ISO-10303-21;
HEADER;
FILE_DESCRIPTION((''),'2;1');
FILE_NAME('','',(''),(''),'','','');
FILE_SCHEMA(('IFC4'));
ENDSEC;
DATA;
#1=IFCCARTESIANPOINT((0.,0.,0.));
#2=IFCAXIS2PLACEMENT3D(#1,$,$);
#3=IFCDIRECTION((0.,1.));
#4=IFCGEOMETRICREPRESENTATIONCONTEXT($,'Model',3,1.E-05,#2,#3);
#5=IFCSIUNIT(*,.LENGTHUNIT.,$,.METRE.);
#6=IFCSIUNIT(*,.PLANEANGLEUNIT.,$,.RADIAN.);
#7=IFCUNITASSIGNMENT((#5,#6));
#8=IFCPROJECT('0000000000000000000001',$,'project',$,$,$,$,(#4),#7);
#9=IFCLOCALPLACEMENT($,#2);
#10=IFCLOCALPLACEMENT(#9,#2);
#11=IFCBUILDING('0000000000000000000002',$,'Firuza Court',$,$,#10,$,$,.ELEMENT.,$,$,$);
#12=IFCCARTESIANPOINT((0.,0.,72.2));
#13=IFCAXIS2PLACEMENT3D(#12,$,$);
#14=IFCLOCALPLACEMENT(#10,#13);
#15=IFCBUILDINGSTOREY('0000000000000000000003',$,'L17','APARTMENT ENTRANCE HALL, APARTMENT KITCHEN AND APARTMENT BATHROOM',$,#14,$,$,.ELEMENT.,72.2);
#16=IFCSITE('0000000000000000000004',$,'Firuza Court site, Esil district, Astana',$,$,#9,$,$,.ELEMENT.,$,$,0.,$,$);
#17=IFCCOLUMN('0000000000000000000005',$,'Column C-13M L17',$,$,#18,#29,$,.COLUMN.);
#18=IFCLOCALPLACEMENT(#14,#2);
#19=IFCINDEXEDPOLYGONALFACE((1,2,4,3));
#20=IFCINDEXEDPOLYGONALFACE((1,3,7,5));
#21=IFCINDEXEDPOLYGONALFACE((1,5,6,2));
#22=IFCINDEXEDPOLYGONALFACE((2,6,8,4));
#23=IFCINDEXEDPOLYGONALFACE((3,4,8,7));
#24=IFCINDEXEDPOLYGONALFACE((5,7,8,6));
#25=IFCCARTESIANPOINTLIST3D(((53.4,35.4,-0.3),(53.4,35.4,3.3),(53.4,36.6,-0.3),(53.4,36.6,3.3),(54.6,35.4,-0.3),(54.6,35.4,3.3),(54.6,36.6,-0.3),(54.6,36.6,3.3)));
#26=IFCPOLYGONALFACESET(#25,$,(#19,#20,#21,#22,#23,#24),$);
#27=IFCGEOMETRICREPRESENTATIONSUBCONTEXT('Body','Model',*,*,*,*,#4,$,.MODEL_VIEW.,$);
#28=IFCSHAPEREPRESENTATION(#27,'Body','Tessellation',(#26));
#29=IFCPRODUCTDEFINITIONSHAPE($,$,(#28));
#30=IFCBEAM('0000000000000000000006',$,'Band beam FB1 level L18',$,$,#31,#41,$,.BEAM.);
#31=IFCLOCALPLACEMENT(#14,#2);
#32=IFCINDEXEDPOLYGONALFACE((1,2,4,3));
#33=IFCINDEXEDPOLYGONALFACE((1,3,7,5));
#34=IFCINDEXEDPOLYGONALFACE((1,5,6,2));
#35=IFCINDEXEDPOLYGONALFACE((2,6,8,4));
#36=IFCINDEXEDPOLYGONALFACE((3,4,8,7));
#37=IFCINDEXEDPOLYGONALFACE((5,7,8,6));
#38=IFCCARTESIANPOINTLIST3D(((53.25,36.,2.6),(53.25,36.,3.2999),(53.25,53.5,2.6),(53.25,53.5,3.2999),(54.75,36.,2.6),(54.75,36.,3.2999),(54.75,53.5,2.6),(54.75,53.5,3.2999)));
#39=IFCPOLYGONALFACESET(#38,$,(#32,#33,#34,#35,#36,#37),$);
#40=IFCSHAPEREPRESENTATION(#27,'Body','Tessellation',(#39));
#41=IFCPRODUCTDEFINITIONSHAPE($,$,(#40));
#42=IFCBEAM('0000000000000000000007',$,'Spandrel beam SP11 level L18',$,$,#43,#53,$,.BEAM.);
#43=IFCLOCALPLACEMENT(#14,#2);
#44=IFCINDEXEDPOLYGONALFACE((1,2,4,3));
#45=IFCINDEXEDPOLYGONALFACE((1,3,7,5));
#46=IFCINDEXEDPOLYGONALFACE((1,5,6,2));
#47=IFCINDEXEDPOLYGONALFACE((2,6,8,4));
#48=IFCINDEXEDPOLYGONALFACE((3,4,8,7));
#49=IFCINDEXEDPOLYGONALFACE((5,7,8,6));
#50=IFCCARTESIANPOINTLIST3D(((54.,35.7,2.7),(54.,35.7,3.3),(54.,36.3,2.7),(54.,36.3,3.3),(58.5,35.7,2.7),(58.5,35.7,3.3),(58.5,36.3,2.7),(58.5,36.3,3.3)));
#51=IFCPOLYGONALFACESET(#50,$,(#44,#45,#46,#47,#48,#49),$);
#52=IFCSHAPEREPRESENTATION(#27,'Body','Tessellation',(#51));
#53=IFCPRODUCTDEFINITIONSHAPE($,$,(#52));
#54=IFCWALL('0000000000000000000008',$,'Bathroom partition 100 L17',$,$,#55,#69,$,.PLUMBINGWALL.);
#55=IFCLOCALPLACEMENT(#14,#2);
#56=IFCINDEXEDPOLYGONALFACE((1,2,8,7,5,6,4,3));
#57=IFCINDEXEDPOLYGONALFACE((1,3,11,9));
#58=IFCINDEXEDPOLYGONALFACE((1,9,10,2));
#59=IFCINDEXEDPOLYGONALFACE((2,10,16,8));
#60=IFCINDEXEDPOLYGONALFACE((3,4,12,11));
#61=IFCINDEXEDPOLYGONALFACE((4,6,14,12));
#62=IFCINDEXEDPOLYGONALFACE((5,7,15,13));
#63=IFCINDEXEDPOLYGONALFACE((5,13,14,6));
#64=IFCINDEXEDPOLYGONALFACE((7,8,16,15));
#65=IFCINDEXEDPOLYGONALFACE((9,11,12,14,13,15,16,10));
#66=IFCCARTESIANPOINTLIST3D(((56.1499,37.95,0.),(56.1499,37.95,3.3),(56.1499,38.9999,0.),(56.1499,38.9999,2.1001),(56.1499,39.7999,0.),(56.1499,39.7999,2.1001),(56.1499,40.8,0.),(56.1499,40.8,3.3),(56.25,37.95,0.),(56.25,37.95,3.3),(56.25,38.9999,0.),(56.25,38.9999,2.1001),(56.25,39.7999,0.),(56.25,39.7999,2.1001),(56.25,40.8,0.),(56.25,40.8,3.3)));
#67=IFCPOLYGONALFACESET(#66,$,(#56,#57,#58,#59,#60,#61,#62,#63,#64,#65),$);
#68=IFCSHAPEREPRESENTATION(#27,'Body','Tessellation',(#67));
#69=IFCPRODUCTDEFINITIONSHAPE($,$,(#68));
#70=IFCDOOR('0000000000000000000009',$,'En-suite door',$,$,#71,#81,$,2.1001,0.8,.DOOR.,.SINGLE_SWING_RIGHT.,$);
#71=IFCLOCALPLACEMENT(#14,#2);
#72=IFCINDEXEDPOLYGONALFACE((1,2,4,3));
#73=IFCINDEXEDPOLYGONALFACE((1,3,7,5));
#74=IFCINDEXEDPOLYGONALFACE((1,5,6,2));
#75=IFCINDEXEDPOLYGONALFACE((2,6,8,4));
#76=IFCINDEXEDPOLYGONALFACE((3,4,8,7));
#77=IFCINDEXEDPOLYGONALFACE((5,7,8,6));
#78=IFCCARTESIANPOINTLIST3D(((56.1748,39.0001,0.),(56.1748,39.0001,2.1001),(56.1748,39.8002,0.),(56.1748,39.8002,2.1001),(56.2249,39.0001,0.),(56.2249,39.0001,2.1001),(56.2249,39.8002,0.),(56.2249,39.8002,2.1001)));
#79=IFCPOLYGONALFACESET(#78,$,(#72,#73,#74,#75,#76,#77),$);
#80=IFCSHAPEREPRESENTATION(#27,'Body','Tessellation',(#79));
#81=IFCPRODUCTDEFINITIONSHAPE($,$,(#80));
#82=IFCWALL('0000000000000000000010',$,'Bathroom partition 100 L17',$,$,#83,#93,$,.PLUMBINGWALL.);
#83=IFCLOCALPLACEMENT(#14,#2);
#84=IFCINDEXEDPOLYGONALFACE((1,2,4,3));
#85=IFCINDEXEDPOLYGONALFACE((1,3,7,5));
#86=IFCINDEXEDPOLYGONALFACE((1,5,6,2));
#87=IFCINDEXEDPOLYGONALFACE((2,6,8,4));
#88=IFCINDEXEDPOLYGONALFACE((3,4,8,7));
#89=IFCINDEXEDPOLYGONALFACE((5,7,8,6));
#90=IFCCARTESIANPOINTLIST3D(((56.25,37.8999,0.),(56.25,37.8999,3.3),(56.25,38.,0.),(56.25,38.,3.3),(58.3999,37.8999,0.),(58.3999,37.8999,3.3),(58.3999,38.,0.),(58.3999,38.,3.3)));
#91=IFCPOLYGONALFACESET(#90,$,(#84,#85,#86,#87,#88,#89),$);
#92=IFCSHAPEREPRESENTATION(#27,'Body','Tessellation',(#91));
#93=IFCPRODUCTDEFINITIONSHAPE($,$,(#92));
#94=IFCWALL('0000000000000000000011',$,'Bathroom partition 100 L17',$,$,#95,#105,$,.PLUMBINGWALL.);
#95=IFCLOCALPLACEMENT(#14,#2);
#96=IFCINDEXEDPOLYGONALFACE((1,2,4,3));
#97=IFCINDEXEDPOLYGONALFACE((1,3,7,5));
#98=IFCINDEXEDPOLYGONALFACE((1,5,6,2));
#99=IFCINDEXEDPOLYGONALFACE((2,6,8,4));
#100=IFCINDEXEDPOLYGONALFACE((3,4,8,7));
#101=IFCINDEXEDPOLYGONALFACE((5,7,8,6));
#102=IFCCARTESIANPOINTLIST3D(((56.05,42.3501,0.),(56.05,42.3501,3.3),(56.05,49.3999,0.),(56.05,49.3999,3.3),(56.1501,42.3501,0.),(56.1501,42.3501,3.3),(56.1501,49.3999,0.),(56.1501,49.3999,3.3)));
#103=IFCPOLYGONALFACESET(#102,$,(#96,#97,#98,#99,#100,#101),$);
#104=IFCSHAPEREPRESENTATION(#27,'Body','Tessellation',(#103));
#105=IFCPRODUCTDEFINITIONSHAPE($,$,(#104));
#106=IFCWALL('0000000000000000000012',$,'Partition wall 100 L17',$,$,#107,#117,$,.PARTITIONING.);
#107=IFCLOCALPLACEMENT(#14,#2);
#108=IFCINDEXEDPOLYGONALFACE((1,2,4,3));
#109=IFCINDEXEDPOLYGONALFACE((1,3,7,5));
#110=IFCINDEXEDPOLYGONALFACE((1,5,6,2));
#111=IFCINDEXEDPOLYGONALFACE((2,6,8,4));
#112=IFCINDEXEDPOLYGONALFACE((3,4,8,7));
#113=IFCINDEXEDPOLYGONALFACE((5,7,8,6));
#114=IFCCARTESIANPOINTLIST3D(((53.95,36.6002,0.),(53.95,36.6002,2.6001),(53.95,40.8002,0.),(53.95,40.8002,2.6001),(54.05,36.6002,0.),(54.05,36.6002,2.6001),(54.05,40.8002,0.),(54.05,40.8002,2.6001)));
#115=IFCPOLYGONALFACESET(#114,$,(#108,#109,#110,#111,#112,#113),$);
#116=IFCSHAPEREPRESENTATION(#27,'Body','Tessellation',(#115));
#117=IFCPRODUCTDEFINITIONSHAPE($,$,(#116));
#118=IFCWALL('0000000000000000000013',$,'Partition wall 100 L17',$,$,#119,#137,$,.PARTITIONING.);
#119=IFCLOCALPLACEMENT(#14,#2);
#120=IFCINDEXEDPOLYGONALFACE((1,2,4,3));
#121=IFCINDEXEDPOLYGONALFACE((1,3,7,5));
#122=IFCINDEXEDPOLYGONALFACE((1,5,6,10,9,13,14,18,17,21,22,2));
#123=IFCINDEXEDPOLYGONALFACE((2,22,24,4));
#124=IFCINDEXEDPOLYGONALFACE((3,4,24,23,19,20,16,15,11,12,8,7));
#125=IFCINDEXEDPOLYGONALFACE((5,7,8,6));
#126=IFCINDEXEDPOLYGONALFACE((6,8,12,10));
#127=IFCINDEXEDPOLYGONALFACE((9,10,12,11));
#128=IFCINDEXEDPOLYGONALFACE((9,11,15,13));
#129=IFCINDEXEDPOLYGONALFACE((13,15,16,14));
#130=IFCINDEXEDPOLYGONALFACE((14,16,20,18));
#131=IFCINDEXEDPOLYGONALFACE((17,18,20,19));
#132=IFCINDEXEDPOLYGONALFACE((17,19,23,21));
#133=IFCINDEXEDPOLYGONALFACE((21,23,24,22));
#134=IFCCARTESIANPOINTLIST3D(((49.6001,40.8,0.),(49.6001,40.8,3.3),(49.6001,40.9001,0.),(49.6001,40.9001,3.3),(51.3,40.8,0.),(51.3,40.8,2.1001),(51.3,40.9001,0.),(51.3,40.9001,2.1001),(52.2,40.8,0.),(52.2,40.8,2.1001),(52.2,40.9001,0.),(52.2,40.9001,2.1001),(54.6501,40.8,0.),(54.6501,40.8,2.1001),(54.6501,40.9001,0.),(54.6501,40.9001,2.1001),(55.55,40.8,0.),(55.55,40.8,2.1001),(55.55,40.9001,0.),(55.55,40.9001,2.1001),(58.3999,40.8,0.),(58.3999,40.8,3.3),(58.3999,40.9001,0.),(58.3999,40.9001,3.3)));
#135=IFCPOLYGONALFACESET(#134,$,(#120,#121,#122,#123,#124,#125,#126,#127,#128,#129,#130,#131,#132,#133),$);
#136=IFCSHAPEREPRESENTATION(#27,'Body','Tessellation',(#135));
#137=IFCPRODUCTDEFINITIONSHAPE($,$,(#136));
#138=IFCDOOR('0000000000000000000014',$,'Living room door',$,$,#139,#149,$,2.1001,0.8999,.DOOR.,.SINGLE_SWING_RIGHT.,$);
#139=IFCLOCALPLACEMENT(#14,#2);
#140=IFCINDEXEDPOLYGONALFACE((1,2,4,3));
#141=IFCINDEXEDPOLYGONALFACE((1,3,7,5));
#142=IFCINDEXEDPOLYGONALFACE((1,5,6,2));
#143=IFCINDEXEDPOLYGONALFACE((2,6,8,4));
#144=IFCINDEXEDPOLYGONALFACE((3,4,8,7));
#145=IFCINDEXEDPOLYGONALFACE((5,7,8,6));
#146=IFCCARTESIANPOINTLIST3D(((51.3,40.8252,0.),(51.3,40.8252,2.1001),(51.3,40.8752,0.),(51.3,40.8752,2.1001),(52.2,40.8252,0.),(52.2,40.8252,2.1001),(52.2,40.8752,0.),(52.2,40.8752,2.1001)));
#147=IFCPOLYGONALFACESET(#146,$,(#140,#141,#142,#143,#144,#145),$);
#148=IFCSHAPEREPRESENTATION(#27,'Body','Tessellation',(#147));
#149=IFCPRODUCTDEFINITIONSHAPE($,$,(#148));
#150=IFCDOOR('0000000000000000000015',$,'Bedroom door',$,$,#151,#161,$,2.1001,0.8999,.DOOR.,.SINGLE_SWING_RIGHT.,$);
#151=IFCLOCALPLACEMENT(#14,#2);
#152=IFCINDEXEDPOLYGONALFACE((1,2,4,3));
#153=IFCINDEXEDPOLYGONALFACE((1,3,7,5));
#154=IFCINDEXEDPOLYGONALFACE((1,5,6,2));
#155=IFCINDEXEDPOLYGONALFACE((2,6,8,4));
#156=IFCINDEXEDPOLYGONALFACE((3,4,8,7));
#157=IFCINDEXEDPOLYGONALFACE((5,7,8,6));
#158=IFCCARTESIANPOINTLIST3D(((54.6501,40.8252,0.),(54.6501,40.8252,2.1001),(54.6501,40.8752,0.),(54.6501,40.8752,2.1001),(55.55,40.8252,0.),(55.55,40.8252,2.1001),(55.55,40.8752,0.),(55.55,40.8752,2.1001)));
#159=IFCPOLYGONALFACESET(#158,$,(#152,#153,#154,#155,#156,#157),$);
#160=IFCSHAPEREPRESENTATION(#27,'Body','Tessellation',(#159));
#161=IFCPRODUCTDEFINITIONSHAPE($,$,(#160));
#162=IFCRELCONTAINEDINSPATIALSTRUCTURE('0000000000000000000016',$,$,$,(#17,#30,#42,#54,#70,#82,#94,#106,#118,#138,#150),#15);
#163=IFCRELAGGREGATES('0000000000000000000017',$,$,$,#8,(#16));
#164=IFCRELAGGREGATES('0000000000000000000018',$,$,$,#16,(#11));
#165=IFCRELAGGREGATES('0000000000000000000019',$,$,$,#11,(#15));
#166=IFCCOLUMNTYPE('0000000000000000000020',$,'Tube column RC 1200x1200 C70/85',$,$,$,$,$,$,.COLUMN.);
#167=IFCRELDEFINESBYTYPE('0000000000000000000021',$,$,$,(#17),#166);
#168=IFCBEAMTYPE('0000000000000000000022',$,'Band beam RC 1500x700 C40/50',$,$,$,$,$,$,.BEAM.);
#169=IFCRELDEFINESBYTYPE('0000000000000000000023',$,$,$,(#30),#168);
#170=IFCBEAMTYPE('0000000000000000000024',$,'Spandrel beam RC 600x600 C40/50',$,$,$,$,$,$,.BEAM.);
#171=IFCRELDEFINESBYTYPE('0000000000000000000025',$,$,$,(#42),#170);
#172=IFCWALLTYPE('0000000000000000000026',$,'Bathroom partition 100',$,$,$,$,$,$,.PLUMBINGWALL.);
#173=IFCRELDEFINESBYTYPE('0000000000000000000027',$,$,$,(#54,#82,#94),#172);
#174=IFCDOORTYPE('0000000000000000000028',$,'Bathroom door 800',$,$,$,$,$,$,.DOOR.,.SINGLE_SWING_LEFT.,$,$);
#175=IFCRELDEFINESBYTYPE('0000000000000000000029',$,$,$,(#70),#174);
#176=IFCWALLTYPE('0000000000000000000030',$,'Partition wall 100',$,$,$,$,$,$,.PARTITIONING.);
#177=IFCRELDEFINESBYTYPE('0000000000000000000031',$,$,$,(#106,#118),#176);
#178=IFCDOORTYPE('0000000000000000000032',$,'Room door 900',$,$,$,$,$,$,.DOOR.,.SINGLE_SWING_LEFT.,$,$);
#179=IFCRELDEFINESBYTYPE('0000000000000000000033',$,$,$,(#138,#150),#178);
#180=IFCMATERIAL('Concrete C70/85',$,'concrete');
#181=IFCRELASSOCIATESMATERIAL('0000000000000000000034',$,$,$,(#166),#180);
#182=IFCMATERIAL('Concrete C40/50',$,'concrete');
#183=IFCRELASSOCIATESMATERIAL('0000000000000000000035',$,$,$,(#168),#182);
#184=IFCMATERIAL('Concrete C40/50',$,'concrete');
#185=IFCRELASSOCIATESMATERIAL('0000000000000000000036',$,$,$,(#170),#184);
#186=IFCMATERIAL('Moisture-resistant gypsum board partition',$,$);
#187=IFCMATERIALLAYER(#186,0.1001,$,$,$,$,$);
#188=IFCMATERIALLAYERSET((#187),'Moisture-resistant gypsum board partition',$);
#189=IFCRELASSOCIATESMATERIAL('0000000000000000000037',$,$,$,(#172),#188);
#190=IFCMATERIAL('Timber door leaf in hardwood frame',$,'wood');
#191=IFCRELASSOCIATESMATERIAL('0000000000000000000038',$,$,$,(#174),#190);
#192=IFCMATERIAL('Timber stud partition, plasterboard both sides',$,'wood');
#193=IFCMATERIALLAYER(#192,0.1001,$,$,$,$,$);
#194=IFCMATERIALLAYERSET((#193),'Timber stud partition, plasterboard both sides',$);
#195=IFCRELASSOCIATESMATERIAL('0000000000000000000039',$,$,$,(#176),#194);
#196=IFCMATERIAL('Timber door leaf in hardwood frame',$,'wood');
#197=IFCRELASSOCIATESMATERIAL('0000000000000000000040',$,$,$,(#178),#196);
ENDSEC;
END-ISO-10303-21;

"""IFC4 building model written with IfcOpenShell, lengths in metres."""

from ifc_helpers import new_model, si_unit, direction, frame, frame_2d, origin, origin_2d, place, context, subcontext, project, spatial, rectangle, extrude, material, layer, layer_set, material_profile, profile_set, type_object, element, fill, save


model = new_model("IFC4")

# Units and contexts
model_context = context("Model", 3, precision=1e-05, world=origin(), true_north=direction((0.0, 1.0)))
body_context = subcontext(model_context, "Body", "Model", "MODEL_VIEW")
ifc_project = project(units=[si_unit("LENGTHUNIT", "METRE"), si_unit("PLANEANGLEUNIT", "RADIAN")], contexts=[model_context])

# Site, building, storey
site_placement = place(None, origin())
site = spatial("IfcSite", under=ifc_project, at=site_placement, Name="Firuza Court site, Esil district, Astana", CompositionType="ELEMENT", RefElevation=0.0)
building_placement = place(site_placement, origin())
building = spatial("IfcBuilding", under=site, at=building_placement, Name="Firuza Court", CompositionType="ELEMENT")
storey_placement = place(building_placement, frame((0.0, 0.0, 72.2)))
storey = spatial("IfcBuildingStorey", under=building, at=storey_placement, Name="L17", Description="APARTMENT ENTRANCE HALL, APARTMENT KITCHEN AND APARTMENT BATHROOM", CompositionType="ELEMENT", Elevation=72.2)

# Column
ifc_material_1 = material(Name="Concrete C70/85", Category="concrete")
ifc_material_profile_1 = material_profile(ifc_material_1, rectangle(XDim=1.2, YDim=1.2, at=origin_2d()), Name="RC 1200x1200")
ifc_profile_set_1 = profile_set([ifc_material_profile_1], Name="Concrete C70/85")
column_type = type_object("IfcColumnType", Name="Tube column RC 1200x1200 C70/85", PredefinedType="COLUMN", material=ifc_profile_set_1)
column_placement = place(storey_placement, frame((54.0, 36.0, -0.3), z_axis=(0.0, 0.0, 1.0), x_axis=(1.0, 0.0, 0.0)))
element("IfcColumn", 1, at=column_placement, inside=storey, type_object=column_type, Name="Column C-13M L17", PredefinedType="COLUMN", context=body_context, shape_type="SweptSolid", body=[
    extrude(rectangle(XDim=1.2, YDim=1.2, at=origin_2d()), origin(), (0.0, 0.0, 1.0), 3.6001),
])

# Beams
ifc_material_2 = material(Name="Concrete C40/50", Category="concrete")
ifc_material_profile_2 = material_profile(ifc_material_2, rectangle(XDim=1.5, YDim=0.7, at=origin_2d()), Name="RC 1500x700")
ifc_profile_set_2 = profile_set([ifc_material_profile_2], Name="Concrete C40/50")
beam_type_1 = type_object("IfcBeamType", Name="Band beam RC 1500x700 C40/50", PredefinedType="BEAM", material=ifc_profile_set_2)
beam_1_placement = place(storey_placement, frame((54.0, 36.0, 2.95), z_axis=(0.0, 1.0, 0.0), x_axis=(-1.0, 0.0, 0.0)))
element("IfcBeam", 2, at=beam_1_placement, inside=storey, type_object=beam_type_1, Name="Band beam FB1 level L18", PredefinedType="BEAM", context=body_context, shape_type="SweptSolid", body=[
    extrude(rectangle(XDim=1.5, YDim=0.7, at=origin_2d()), origin(), (0.0, 0.0, 1.0), 17.5),
])
ifc_material_3 = material(Name="Concrete C40/50", Category="concrete")
ifc_material_profile_3 = material_profile(ifc_material_3, rectangle(XDim=0.6001, YDim=0.6001, at=origin_2d()), Name="RC 600x600")
ifc_profile_set_3 = profile_set([ifc_material_profile_3], Name="Concrete C40/50")
beam_type_2 = type_object("IfcBeamType", Name="Spandrel beam RC 600x600 C40/50", PredefinedType="BEAM", material=ifc_profile_set_3)
beam_2_placement = place(storey_placement, frame((54.0, 36.0, 3.0), z_axis=(1.0, 0.0, 0.0), x_axis=(0.0, 1.0, 0.0)))
element("IfcBeam", 3, at=beam_2_placement, inside=storey, type_object=beam_type_2, Name="Spandrel beam SP11 level L18", PredefinedType="BEAM", context=body_context, shape_type="SweptSolid", body=[
    extrude(rectangle(XDim=0.6001, YDim=0.6001, at=origin_2d()), origin(), (0.0, 0.0, 1.0), 4.5),
])

# Wall, opening, door
ifc_material_4 = material(Name="Moisture-resistant gypsum board partition")
ifc_layer_1 = layer(ifc_material_4, 0.1001)
ifc_layer_set_1 = layer_set([ifc_layer_1], Name="Moisture-resistant gypsum board partition")
wall_type_1 = type_object("IfcWallType", Name="Bathroom partition 100", PredefinedType="PLUMBINGWALL", material=ifc_layer_set_1)
wall_1_placement = place(storey_placement, frame((56.2, 37.95, 0.0), z_axis=(0.0, 0.0, 1.0), x_axis=(0.0, 1.0, 0.0)))
wall_1 = element("IfcWall", 4, at=wall_1_placement, inside=storey, type_object=wall_type_1, Name="Bathroom partition 100 L17", PredefinedType="PLUMBINGWALL", context=body_context, shape_type="SweptSolid", body=[
    extrude(rectangle(XDim=2.8501, YDim=0.1001, at=frame_2d((1.425, 0.0))), origin(), (0.0, 0.0, 1.0), 3.3),
])
opening_1_placement = place(wall_1_placement, frame((1.05, 0.0, 0.0)))
opening_1 = element("IfcOpeningElement", 5, at=opening_1_placement, cuts=wall_1, PredefinedType="OPENING", context=body_context, shape_type="SweptSolid", body=[
    extrude(rectangle(XDim=0.8, YDim=2.1001, at=frame_2d((0.3999, 1.05))), frame((0.0, 0.062, 0.0), z_axis=(0.0, -1.0, 0.0), x_axis=(1.0, 0.0, 0.0)), (0.0, 0.0, 1.0), 0.124),
])
ifc_material_5 = material(Name="Timber door leaf in hardwood frame", Category="wood")
door_type_1 = type_object("IfcDoorType", Name="Bathroom door 800", OperationType="SINGLE_SWING_LEFT", PredefinedType="DOOR", material=ifc_material_5)
door_1_placement = place(opening_1_placement, frame((0.8, 0.0, 0.0), z_axis=(0.0, 0.0, 1.0), x_axis=(-1.0, 0.0, 0.0)))
door_1 = element("IfcDoor", 6, at=door_1_placement, inside=storey, type_object=door_type_1, Name="En-suite door", OperationType="SINGLE_SWING_RIGHT", OverallHeight=2.1001, OverallWidth=0.8, PredefinedType="DOOR", context=body_context, shape_type="SweptSolid", body=[
    extrude(rectangle(XDim=0.8, YDim=2.1001, at=frame_2d((0.3999, 1.05))), frame((0.0, 0.0249, 0.0), z_axis=(0.0, -1.0, 0.0), x_axis=(1.0, 0.0, 0.0)), (0.0, 0.0, 1.0), 0.05),
])
fill(opening_1, door_1)

# Walls
wall_2_placement = place(storey_placement, frame((56.25, 37.95, 0.0), z_axis=(0.0, 0.0, 1.0), x_axis=(1.0, 0.0, 0.0)))
element("IfcWall", 7, at=wall_2_placement, inside=storey, type_object=wall_type_1, Name="Bathroom partition 100 L17", PredefinedType="PLUMBINGWALL", context=body_context, shape_type="SweptSolid", body=[
    extrude(rectangle(XDim=2.1499, YDim=0.1001, at=frame_2d((1.075, 0.0))), origin(), (0.0, 0.0, 1.0), 3.3),
])
wall_3_placement = place(storey_placement, frame((56.1001, 42.3501, 0.0), z_axis=(0.0, 0.0, 1.0), x_axis=(0.0, 1.0, 0.0)))
element("IfcWall", 8, at=wall_3_placement, inside=storey, type_object=wall_type_1, Name="Bathroom partition 100 L17", PredefinedType="PLUMBINGWALL", context=body_context, shape_type="SweptSolid", body=[
    extrude(rectangle(XDim=7.0498, YDim=0.1001, at=frame_2d((3.5249, 0.0))), origin(), (0.0, 0.0, 1.0), 3.3),
])
ifc_material_6 = material(Name="Timber stud partition, plasterboard both sides", Category="wood")
ifc_layer_2 = layer(ifc_material_6, 0.1001)
ifc_layer_set_2 = layer_set([ifc_layer_2], Name="Timber stud partition, plasterboard both sides")
wall_type_2 = type_object("IfcWallType", Name="Partition wall 100", PredefinedType="PARTITIONING", material=ifc_layer_set_2)
wall_4_placement = place(storey_placement, frame((54.0, 36.6001, 0.0), z_axis=(0.0, 0.0, 1.0), x_axis=(0.0, 1.0, 0.0)))
element("IfcWall", 9, at=wall_4_placement, inside=storey, type_object=wall_type_2, Name="Partition wall 100 L17", PredefinedType="PARTITIONING", context=body_context, shape_type="SweptSolid", body=[
    extrude(rectangle(XDim=4.2, YDim=0.1001, at=frame_2d((2.1001, 0.0))), origin(), (0.0, 0.0, 1.0), 2.6001),
])

# Wall, openings, doors
wall_5_placement = place(storey_placement, frame((49.6001, 40.8501, 0.0), z_axis=(0.0, 0.0, 1.0), x_axis=(1.0, 0.0, 0.0)))
wall_5 = element("IfcWall", 10, at=wall_5_placement, inside=storey, type_object=wall_type_2, Name="Partition wall 100 L17", PredefinedType="PARTITIONING", context=body_context, shape_type="SweptSolid", body=[
    extrude(rectangle(XDim=8.7998, YDim=0.1001, at=frame_2d((4.3999, 0.0))), origin(), (0.0, 0.0, 1.0), 3.3),
])
opening_2_placement = place(wall_5_placement, frame((1.7, 0.0, 0.0)))
opening_2 = element("IfcOpeningElement", 11, at=opening_2_placement, cuts=wall_5, PredefinedType="OPENING", context=body_context, shape_type="SweptSolid", body=[
    extrude(rectangle(XDim=0.8999, YDim=2.1001, at=frame_2d((0.45, 1.05))), frame((0.0, 0.062, 0.0), z_axis=(0.0, -1.0, 0.0), x_axis=(1.0, 0.0, 0.0)), (0.0, 0.0, 1.0), 0.124),
])
opening_3_placement = place(wall_5_placement, frame((5.05, 0.0, 0.0)))
opening_3 = element("IfcOpeningElement", 12, at=opening_3_placement, cuts=wall_5, PredefinedType="OPENING", context=body_context, shape_type="SweptSolid", body=[
    extrude(rectangle(XDim=0.8999, YDim=2.1001, at=frame_2d((0.45, 1.05))), frame((0.0, 0.062, 0.0), z_axis=(0.0, -1.0, 0.0), x_axis=(1.0, 0.0, 0.0)), (0.0, 0.0, 1.0), 0.124),
])
ifc_material_7 = material(Name="Timber door leaf in hardwood frame", Category="wood")
door_type_2 = type_object("IfcDoorType", Name="Room door 900", OperationType="SINGLE_SWING_LEFT", PredefinedType="DOOR", material=ifc_material_7)
door_2_placement = place(opening_2_placement, frame((0.8999, 0.0, 0.0), z_axis=(0.0, 0.0, 1.0), x_axis=(-1.0, 0.0, 0.0)))
door_2 = element("IfcDoor", 13, at=door_2_placement, inside=storey, type_object=door_type_2, Name="Living room door", OperationType="SINGLE_SWING_RIGHT", OverallHeight=2.1001, OverallWidth=0.8999, PredefinedType="DOOR", context=body_context, shape_type="SweptSolid", body=[
    extrude(rectangle(XDim=0.8999, YDim=2.1001, at=frame_2d((0.45, 1.05))), frame((0.0, 0.0249, 0.0), z_axis=(0.0, -1.0, 0.0), x_axis=(1.0, 0.0, 0.0)), (0.0, 0.0, 1.0), 0.05),
])
fill(opening_2, door_2)
door_3_placement = place(opening_3_placement, frame((0.8999, 0.0, 0.0), z_axis=(0.0, 0.0, 1.0), x_axis=(-1.0, 0.0, 0.0)))
door_3 = element("IfcDoor", 14, at=door_3_placement, inside=storey, type_object=door_type_2, Name="Bedroom door", OperationType="SINGLE_SWING_RIGHT", OverallHeight=2.1001, OverallWidth=0.8999, PredefinedType="DOOR", context=body_context, shape_type="SweptSolid", body=[
    extrude(rectangle(XDim=0.8999, YDim=2.1001, at=frame_2d((0.45, 1.05))), frame((0.0, 0.0249, 0.0), z_axis=(0.0, -1.0, 0.0), x_axis=(1.0, 0.0, 0.0)), (0.0, 0.0, 1.0), 0.05),
])
fill(opening_3, door_3)

save(model, "model.ifc")
